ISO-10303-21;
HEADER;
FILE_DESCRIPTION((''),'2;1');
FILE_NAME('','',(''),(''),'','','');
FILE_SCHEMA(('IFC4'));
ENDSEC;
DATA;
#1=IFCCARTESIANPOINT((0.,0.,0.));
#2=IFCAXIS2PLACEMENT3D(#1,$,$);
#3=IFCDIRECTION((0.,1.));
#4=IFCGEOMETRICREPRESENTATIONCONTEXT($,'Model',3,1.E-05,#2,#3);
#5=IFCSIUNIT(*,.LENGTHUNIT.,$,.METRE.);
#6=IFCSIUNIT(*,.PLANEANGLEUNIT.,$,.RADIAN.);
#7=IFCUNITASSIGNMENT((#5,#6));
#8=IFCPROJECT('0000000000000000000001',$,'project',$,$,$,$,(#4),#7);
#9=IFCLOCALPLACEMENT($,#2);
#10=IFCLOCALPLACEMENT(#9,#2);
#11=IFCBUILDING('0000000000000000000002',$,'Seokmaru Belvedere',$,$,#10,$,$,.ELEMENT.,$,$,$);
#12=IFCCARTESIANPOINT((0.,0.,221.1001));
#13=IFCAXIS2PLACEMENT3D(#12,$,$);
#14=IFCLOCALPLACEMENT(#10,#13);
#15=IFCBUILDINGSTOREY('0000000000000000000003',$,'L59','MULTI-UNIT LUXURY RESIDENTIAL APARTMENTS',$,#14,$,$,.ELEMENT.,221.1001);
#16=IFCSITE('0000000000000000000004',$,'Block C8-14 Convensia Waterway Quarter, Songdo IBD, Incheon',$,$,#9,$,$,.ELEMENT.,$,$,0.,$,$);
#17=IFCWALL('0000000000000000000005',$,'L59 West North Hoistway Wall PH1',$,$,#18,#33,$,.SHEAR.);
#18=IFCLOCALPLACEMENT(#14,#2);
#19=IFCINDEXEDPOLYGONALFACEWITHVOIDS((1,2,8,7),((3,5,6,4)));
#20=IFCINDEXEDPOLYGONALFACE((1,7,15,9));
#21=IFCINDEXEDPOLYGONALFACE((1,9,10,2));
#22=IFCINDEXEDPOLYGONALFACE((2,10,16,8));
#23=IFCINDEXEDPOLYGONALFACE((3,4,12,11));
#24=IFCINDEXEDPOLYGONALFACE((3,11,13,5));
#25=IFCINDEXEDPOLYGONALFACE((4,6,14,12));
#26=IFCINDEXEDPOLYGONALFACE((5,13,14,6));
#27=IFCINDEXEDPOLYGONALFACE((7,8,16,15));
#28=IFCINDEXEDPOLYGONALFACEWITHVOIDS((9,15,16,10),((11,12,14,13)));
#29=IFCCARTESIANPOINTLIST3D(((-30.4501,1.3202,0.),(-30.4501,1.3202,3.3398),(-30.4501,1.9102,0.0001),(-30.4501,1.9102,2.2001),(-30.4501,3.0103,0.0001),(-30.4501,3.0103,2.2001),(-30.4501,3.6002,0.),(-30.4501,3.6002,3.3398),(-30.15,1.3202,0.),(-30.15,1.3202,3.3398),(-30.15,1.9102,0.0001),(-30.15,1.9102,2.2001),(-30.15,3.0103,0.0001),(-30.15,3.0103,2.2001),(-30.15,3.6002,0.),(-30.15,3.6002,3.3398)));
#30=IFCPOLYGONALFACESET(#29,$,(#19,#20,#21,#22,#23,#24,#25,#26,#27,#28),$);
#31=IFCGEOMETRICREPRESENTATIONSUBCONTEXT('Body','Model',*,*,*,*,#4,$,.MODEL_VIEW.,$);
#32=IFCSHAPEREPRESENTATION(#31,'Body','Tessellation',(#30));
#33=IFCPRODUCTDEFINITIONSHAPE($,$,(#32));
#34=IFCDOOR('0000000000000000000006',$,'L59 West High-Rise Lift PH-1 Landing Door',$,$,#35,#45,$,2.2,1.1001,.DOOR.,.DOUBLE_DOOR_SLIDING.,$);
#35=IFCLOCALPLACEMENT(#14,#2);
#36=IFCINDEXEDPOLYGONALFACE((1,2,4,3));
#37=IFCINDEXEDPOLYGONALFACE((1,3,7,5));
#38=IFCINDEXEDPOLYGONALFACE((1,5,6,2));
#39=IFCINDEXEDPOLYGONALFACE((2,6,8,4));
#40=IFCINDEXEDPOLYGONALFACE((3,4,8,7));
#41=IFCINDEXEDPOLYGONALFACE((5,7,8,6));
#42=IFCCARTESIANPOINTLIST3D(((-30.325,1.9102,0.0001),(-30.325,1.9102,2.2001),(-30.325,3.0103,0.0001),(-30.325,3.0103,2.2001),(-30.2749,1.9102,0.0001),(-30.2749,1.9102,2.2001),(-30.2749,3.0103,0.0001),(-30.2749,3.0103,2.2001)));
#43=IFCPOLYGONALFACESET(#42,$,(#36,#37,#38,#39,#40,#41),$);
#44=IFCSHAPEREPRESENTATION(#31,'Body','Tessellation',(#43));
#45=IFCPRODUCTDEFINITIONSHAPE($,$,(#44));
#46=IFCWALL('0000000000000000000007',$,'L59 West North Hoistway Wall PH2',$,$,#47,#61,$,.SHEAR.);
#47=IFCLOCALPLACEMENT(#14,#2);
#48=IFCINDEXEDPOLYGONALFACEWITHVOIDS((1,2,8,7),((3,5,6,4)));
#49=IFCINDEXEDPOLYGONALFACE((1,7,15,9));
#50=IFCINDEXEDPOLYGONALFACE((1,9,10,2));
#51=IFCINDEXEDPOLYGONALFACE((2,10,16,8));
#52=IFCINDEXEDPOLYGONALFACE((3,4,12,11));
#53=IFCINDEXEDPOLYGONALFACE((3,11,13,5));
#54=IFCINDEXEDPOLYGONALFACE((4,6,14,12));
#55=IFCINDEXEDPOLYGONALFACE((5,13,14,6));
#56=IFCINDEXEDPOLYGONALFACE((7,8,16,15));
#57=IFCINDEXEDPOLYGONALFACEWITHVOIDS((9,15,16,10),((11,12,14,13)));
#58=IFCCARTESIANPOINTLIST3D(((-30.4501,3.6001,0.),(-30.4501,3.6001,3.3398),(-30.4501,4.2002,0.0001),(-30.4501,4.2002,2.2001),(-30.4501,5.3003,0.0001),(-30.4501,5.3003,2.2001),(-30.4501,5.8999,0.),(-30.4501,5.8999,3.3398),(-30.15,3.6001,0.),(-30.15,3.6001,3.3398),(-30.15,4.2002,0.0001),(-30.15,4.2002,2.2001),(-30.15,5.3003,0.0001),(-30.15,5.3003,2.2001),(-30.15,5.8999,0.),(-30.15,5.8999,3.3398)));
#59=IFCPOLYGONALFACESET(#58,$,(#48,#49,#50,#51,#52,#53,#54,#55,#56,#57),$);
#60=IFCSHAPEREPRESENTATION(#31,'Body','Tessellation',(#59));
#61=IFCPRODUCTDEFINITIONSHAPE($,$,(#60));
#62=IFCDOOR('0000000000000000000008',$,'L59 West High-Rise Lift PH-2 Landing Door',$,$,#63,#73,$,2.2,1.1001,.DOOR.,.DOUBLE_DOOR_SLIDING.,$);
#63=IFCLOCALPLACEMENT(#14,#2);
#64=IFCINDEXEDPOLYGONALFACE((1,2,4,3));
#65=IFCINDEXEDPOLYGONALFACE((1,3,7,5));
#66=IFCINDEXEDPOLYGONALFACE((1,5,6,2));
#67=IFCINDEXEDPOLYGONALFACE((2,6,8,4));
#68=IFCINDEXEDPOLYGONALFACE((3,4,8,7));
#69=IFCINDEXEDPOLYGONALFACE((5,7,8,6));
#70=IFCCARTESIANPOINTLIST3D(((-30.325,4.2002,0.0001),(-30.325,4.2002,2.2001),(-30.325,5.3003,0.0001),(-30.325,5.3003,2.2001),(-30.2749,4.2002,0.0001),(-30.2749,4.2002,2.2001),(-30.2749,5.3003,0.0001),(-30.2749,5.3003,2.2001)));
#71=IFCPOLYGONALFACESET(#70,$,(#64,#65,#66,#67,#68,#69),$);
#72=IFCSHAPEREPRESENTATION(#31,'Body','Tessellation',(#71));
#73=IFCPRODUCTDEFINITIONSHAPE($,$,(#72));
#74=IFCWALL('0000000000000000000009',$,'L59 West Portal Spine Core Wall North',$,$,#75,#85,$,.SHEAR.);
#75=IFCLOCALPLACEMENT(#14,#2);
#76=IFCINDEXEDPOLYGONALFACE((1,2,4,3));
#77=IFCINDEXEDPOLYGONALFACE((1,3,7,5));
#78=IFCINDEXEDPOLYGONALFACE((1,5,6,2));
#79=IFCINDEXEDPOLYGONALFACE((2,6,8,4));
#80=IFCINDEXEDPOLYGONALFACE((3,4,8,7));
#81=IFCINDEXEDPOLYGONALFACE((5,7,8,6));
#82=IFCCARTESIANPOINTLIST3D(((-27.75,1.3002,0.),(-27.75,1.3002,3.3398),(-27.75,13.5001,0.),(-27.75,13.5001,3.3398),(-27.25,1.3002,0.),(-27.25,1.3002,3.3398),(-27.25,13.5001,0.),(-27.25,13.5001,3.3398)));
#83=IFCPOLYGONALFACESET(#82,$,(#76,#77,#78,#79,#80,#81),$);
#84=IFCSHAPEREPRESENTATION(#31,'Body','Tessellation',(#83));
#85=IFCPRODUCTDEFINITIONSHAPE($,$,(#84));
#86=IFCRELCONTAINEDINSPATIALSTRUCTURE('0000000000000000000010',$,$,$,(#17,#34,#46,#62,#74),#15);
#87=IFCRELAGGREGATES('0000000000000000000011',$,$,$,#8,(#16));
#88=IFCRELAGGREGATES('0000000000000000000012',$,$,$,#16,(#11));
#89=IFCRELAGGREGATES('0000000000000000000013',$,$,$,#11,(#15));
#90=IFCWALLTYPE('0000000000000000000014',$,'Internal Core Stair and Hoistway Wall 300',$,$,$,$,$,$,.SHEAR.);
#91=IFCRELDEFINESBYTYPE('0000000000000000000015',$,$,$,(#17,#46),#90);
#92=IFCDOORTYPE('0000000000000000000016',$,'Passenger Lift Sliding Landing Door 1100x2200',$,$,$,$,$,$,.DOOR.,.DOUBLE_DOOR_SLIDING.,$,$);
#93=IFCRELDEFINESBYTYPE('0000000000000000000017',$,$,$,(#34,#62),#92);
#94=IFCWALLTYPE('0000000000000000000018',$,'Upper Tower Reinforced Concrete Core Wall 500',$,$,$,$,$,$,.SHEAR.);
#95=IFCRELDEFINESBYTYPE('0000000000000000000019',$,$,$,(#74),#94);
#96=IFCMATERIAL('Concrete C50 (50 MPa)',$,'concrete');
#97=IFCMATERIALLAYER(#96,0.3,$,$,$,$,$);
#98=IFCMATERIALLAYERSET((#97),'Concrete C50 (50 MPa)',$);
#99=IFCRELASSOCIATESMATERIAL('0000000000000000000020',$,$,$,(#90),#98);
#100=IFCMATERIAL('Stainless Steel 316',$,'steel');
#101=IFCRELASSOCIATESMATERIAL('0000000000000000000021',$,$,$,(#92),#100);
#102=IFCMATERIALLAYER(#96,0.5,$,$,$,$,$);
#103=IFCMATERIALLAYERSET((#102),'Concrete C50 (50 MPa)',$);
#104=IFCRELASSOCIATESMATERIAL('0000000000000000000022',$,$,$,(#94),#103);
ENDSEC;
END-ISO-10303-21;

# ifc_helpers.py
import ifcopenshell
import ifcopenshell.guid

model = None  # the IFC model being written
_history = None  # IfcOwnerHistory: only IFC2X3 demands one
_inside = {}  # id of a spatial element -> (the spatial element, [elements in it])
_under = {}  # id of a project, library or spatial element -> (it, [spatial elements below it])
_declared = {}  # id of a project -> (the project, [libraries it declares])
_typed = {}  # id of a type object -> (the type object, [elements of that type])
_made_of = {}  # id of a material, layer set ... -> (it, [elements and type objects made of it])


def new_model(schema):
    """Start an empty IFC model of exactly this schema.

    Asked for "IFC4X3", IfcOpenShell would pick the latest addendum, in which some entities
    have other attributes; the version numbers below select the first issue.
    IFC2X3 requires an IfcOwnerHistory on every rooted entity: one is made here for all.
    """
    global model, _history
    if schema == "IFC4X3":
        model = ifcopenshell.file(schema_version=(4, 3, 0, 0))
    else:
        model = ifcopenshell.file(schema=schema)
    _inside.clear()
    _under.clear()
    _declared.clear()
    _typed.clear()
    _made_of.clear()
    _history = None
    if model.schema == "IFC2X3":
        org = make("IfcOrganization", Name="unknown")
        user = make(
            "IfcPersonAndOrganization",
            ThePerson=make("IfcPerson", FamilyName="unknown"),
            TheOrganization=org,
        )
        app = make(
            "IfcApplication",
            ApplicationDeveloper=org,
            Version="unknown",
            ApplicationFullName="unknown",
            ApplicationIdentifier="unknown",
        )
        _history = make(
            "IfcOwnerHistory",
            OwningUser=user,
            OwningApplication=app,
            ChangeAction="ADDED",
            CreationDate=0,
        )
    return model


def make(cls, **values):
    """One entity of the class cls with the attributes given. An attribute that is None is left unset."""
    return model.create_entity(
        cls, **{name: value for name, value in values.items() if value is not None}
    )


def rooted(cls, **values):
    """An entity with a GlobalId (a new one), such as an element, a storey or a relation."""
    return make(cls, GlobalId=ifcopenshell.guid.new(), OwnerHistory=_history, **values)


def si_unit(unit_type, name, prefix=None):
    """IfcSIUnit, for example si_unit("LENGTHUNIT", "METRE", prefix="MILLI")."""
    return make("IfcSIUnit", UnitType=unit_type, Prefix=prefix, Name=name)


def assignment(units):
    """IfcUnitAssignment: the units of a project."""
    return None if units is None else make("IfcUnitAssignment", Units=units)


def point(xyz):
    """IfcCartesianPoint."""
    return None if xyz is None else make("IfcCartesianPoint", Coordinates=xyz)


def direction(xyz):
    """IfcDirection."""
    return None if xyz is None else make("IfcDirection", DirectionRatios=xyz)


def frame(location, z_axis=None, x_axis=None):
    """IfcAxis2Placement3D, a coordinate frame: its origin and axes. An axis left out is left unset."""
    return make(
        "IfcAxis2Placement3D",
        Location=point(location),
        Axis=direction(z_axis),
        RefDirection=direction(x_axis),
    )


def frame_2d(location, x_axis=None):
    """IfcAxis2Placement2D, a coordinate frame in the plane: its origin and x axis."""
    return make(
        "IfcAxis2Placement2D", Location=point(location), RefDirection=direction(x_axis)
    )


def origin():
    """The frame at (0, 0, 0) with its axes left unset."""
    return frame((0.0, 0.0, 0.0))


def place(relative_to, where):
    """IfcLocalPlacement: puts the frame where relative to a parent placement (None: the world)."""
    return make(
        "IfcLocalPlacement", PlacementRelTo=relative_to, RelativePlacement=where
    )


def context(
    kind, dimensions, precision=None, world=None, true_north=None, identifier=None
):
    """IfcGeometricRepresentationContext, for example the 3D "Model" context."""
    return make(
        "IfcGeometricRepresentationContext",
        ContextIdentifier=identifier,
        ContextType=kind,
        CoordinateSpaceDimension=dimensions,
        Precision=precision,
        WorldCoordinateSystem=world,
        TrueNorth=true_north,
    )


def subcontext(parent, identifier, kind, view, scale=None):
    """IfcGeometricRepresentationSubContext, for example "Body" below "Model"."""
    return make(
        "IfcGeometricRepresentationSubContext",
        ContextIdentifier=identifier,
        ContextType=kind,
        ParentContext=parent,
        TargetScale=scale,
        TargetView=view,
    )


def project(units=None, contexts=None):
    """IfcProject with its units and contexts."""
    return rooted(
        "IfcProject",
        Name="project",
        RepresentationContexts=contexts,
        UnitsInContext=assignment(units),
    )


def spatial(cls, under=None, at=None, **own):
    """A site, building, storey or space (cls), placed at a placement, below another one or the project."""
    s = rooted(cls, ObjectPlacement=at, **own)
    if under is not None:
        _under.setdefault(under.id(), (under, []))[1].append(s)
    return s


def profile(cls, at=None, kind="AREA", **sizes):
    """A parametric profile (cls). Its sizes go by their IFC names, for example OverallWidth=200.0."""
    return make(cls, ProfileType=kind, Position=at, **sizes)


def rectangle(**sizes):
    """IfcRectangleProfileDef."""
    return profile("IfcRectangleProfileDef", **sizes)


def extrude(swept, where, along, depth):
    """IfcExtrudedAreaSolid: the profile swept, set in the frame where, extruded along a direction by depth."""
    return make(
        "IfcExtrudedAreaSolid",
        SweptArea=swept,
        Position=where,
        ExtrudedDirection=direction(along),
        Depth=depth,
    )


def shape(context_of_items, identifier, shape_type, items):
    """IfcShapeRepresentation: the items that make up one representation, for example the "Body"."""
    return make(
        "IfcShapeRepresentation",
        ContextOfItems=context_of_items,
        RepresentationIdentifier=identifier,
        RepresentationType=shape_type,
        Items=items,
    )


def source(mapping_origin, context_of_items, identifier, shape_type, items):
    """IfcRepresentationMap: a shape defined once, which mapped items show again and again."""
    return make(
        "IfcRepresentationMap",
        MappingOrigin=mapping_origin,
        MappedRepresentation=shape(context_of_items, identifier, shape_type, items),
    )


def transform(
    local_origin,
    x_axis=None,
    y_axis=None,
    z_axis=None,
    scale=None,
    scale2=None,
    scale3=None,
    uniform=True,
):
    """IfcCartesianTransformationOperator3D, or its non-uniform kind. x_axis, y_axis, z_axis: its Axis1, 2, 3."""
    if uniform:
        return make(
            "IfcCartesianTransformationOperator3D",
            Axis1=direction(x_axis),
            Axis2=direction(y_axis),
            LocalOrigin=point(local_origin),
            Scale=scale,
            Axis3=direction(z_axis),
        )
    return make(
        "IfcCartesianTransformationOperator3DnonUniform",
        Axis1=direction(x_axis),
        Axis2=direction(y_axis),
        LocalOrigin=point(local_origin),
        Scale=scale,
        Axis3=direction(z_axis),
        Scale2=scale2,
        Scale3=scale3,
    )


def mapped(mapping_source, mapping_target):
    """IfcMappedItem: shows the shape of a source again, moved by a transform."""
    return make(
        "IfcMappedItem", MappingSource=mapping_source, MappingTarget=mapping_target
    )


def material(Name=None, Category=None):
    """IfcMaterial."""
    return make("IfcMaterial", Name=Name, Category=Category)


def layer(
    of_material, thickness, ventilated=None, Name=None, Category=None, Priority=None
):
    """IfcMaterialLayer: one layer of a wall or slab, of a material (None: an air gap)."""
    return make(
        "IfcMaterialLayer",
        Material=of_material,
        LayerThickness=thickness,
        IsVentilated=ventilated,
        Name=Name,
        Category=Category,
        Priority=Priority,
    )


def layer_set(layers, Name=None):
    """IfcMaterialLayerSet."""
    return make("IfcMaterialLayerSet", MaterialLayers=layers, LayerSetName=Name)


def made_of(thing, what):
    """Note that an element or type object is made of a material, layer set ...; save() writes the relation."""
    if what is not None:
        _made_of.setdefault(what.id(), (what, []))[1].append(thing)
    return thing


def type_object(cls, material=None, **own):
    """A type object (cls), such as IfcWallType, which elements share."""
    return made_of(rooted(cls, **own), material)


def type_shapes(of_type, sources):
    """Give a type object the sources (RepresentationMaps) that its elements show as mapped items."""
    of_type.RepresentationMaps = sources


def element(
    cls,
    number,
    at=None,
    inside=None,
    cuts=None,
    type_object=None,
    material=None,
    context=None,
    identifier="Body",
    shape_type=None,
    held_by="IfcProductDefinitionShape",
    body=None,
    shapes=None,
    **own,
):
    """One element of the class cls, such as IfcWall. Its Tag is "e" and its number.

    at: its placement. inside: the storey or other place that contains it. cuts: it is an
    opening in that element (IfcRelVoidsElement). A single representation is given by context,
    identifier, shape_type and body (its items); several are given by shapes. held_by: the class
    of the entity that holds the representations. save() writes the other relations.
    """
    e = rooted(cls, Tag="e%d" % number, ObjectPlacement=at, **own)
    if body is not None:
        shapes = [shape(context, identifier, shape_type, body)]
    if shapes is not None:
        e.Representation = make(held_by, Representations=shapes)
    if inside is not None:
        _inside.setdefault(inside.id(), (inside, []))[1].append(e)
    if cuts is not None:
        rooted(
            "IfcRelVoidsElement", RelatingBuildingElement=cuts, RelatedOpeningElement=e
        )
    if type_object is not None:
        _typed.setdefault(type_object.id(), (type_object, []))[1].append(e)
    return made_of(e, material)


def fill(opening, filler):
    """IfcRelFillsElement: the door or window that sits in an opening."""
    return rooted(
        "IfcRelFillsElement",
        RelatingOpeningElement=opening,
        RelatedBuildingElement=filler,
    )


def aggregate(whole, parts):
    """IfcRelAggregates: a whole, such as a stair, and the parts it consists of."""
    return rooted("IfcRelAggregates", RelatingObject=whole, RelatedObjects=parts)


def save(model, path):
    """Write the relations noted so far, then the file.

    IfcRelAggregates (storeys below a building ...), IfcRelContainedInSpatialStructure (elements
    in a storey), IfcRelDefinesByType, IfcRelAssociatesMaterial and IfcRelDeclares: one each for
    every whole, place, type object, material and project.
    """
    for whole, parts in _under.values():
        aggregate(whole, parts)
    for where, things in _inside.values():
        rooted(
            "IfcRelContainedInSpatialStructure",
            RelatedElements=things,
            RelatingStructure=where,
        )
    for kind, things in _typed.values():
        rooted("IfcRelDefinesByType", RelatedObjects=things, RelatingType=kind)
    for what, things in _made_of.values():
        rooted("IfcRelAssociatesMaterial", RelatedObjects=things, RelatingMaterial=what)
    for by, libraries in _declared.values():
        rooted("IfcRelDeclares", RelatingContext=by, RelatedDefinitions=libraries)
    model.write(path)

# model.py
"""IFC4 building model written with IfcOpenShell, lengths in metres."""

from ifc_helpers import new_model, si_unit, direction, frame, frame_2d, origin, place, context, subcontext, project, spatial, rectangle, extrude, source, transform, mapped, material, layer, layer_set, type_object, type_shapes, element, fill, save


model = new_model("IFC4")

# Units and contexts
model_context = context("Model", 3, precision=1e-05, world=origin(), true_north=direction((0.0, 1.0)))
body_context = subcontext(model_context, "Body", "Model", "MODEL_VIEW")
ifc_project = project(units=[si_unit("LENGTHUNIT", "METRE"), si_unit("PLANEANGLEUNIT", "RADIAN")], contexts=[model_context])

# Site, building, storey
site_placement = place(None, origin())
site = spatial("IfcSite", under=ifc_project, at=site_placement, Name="Block C8-14 Convensia Waterway Quarter, Songdo IBD, Incheon", CompositionType="ELEMENT", RefElevation=0.0)
building_placement = place(site_placement, origin())
building = spatial("IfcBuilding", under=site, at=building_placement, Name="Seokmaru Belvedere", CompositionType="ELEMENT")
storey_placement = place(building_placement, frame((0.0, 0.0, 221.1001)))
storey = spatial("IfcBuildingStorey", under=building, at=storey_placement, Name="L59", Description="MULTI-UNIT LUXURY RESIDENTIAL APARTMENTS", CompositionType="ELEMENT", Elevation=221.1001)

# Shared definitions
ifc_material_1 = material(Name="Concrete C50 (50 MPa)", Category="concrete")

# Walls, openings, doors
ifc_layer_1 = layer(ifc_material_1, 0.3)
ifc_layer_set_1 = layer_set([ifc_layer_1], Name="Concrete C50 (50 MPa)")
wall_type_1 = type_object("IfcWallType", Name="Internal Core Stair and Hoistway Wall 300", PredefinedType="SHEAR", material=ifc_layer_set_1)
wall_1_placement = place(storey_placement, frame((-30.3, 1.3201, 0.0), z_axis=(0.0, 0.0, 1.0), x_axis=(0.0, 1.0, 0.0)))
wall_1 = element("IfcWall", 1, at=wall_1_placement, inside=storey, type_object=wall_type_1, Name="L59 West North Hoistway Wall PH1", PredefinedType="SHEAR", context=body_context, shape_type="SweptSolid", body=[
    extrude(rectangle(XDim=2.28, YDim=0.3, at=frame_2d((1.1401, 0.0))), origin(), (0.0, 0.0, 1.0), 3.3398),
])
opening_1_placement = place(wall_1_placement, frame((0.5901, 0.0, 0.0)))
opening_1 = element("IfcOpeningElement", 2, at=opening_1_placement, cuts=wall_1, PredefinedType="OPENING", context=body_context, shape_type="SweptSolid", body=[
    extrude(rectangle(XDim=1.1001, YDim=2.2, at=frame_2d((0.55, 1.1001))), frame((0.0, 0.1602, 0.0), z_axis=(0.0, -1.0, 0.0), x_axis=(1.0, 0.0, 0.0)), (0.0, 0.0, 1.0), 0.3201),
])
ifc_material_2 = material(Name="Stainless Steel 316", Category="steel")
door_type_1 = type_object("IfcDoorType", Name="Passenger Lift Sliding Landing Door 1100x2200", OperationType="DOUBLE_DOOR_SLIDING", PredefinedType="DOOR", material=ifc_material_2)
shared_shape_1 = source(origin(), body_context, "Body", "SweptSolid", [
    extrude(rectangle(XDim=1.1001, YDim=2.2, at=frame_2d((0.55, 1.1001))), frame((0.0, 0.0249, 0.0), z_axis=(0.0, -1.0, 0.0), x_axis=(1.0, 0.0, 0.0)), (0.0, 0.0, 1.0), 0.05),
])
type_shapes(door_type_1, [shared_shape_1])
door_1_placement = place(opening_1_placement, origin())
door_1 = element("IfcDoor", 3, at=door_1_placement, inside=storey, type_object=door_type_1, Name="L59 West High-Rise Lift PH-1 Landing Door", OperationType="DOUBLE_DOOR_SLIDING", OverallHeight=2.2, OverallWidth=1.1001, PredefinedType="DOOR", context=body_context, shape_type="MappedRepresentation", body=[
    mapped(shared_shape_1, transform((0.0, 0.0, 0.0), scale=1.0)),
])
fill(opening_1, door_1)
wall_2_placement = place(storey_placement, frame((-30.3, 3.6001, 0.0), z_axis=(0.0, 0.0, 1.0), x_axis=(0.0, 1.0, 0.0)))
wall_2 = element("IfcWall", 4, at=wall_2_placement, inside=storey, type_object=wall_type_1, Name="L59 West North Hoistway Wall PH2", PredefinedType="SHEAR", context=body_context, shape_type="SweptSolid", body=[
    extrude(rectangle(XDim=2.2998, YDim=0.3, at=frame_2d((1.1499, 0.0))), origin(), (0.0, 0.0, 1.0), 3.3398),
])
opening_2_placement = place(wall_2_placement, frame((0.6001, 0.0, 0.0)))
opening_2 = element("IfcOpeningElement", 5, at=opening_2_placement, cuts=wall_2, PredefinedType="OPENING", context=body_context, shape_type="SweptSolid", body=[
    extrude(rectangle(XDim=1.1001, YDim=2.2, at=frame_2d((0.55, 1.1001))), frame((0.0, 0.1602, 0.0), z_axis=(0.0, -1.0, 0.0), x_axis=(1.0, 0.0, 0.0)), (0.0, 0.0, 1.0), 0.3201),
])
door_2_placement = place(opening_2_placement, origin())
door_2 = element("IfcDoor", 6, at=door_2_placement, inside=storey, type_object=door_type_1, Name="L59 West High-Rise Lift PH-2 Landing Door", OperationType="DOUBLE_DOOR_SLIDING", OverallHeight=2.2, OverallWidth=1.1001, PredefinedType="DOOR", context=body_context, shape_type="MappedRepresentation", body=[
    mapped(shared_shape_1, transform((0.0, 0.0, 0.0), scale=1.0)),
])
fill(opening_2, door_2)

# Wall
ifc_layer_2 = layer(ifc_material_1, 0.5)
ifc_layer_set_2 = layer_set([ifc_layer_2], Name="Concrete C50 (50 MPa)")
wall_type_2 = type_object("IfcWallType", Name="Upper Tower Reinforced Concrete Core Wall 500", PredefinedType="SHEAR", material=ifc_layer_set_2)
wall_3_placement = place(storey_placement, frame((-27.5, 1.3, 0.0), z_axis=(0.0, 0.0, 1.0), x_axis=(0.0, 1.0, 0.0)))
element("IfcWall", 7, at=wall_3_placement, inside=storey, type_object=wall_type_2, Name="L59 West Portal Spine Core Wall North", PredefinedType="SHEAR", context=body_context, shape_type="SweptSolid", body=[
    extrude(rectangle(XDim=12.2, YDim=0.5, at=frame_2d((6.1001, 0.0))), origin(), (0.0, 0.0, 1.0), 3.3398),
])

save(model, "model.ifc")
